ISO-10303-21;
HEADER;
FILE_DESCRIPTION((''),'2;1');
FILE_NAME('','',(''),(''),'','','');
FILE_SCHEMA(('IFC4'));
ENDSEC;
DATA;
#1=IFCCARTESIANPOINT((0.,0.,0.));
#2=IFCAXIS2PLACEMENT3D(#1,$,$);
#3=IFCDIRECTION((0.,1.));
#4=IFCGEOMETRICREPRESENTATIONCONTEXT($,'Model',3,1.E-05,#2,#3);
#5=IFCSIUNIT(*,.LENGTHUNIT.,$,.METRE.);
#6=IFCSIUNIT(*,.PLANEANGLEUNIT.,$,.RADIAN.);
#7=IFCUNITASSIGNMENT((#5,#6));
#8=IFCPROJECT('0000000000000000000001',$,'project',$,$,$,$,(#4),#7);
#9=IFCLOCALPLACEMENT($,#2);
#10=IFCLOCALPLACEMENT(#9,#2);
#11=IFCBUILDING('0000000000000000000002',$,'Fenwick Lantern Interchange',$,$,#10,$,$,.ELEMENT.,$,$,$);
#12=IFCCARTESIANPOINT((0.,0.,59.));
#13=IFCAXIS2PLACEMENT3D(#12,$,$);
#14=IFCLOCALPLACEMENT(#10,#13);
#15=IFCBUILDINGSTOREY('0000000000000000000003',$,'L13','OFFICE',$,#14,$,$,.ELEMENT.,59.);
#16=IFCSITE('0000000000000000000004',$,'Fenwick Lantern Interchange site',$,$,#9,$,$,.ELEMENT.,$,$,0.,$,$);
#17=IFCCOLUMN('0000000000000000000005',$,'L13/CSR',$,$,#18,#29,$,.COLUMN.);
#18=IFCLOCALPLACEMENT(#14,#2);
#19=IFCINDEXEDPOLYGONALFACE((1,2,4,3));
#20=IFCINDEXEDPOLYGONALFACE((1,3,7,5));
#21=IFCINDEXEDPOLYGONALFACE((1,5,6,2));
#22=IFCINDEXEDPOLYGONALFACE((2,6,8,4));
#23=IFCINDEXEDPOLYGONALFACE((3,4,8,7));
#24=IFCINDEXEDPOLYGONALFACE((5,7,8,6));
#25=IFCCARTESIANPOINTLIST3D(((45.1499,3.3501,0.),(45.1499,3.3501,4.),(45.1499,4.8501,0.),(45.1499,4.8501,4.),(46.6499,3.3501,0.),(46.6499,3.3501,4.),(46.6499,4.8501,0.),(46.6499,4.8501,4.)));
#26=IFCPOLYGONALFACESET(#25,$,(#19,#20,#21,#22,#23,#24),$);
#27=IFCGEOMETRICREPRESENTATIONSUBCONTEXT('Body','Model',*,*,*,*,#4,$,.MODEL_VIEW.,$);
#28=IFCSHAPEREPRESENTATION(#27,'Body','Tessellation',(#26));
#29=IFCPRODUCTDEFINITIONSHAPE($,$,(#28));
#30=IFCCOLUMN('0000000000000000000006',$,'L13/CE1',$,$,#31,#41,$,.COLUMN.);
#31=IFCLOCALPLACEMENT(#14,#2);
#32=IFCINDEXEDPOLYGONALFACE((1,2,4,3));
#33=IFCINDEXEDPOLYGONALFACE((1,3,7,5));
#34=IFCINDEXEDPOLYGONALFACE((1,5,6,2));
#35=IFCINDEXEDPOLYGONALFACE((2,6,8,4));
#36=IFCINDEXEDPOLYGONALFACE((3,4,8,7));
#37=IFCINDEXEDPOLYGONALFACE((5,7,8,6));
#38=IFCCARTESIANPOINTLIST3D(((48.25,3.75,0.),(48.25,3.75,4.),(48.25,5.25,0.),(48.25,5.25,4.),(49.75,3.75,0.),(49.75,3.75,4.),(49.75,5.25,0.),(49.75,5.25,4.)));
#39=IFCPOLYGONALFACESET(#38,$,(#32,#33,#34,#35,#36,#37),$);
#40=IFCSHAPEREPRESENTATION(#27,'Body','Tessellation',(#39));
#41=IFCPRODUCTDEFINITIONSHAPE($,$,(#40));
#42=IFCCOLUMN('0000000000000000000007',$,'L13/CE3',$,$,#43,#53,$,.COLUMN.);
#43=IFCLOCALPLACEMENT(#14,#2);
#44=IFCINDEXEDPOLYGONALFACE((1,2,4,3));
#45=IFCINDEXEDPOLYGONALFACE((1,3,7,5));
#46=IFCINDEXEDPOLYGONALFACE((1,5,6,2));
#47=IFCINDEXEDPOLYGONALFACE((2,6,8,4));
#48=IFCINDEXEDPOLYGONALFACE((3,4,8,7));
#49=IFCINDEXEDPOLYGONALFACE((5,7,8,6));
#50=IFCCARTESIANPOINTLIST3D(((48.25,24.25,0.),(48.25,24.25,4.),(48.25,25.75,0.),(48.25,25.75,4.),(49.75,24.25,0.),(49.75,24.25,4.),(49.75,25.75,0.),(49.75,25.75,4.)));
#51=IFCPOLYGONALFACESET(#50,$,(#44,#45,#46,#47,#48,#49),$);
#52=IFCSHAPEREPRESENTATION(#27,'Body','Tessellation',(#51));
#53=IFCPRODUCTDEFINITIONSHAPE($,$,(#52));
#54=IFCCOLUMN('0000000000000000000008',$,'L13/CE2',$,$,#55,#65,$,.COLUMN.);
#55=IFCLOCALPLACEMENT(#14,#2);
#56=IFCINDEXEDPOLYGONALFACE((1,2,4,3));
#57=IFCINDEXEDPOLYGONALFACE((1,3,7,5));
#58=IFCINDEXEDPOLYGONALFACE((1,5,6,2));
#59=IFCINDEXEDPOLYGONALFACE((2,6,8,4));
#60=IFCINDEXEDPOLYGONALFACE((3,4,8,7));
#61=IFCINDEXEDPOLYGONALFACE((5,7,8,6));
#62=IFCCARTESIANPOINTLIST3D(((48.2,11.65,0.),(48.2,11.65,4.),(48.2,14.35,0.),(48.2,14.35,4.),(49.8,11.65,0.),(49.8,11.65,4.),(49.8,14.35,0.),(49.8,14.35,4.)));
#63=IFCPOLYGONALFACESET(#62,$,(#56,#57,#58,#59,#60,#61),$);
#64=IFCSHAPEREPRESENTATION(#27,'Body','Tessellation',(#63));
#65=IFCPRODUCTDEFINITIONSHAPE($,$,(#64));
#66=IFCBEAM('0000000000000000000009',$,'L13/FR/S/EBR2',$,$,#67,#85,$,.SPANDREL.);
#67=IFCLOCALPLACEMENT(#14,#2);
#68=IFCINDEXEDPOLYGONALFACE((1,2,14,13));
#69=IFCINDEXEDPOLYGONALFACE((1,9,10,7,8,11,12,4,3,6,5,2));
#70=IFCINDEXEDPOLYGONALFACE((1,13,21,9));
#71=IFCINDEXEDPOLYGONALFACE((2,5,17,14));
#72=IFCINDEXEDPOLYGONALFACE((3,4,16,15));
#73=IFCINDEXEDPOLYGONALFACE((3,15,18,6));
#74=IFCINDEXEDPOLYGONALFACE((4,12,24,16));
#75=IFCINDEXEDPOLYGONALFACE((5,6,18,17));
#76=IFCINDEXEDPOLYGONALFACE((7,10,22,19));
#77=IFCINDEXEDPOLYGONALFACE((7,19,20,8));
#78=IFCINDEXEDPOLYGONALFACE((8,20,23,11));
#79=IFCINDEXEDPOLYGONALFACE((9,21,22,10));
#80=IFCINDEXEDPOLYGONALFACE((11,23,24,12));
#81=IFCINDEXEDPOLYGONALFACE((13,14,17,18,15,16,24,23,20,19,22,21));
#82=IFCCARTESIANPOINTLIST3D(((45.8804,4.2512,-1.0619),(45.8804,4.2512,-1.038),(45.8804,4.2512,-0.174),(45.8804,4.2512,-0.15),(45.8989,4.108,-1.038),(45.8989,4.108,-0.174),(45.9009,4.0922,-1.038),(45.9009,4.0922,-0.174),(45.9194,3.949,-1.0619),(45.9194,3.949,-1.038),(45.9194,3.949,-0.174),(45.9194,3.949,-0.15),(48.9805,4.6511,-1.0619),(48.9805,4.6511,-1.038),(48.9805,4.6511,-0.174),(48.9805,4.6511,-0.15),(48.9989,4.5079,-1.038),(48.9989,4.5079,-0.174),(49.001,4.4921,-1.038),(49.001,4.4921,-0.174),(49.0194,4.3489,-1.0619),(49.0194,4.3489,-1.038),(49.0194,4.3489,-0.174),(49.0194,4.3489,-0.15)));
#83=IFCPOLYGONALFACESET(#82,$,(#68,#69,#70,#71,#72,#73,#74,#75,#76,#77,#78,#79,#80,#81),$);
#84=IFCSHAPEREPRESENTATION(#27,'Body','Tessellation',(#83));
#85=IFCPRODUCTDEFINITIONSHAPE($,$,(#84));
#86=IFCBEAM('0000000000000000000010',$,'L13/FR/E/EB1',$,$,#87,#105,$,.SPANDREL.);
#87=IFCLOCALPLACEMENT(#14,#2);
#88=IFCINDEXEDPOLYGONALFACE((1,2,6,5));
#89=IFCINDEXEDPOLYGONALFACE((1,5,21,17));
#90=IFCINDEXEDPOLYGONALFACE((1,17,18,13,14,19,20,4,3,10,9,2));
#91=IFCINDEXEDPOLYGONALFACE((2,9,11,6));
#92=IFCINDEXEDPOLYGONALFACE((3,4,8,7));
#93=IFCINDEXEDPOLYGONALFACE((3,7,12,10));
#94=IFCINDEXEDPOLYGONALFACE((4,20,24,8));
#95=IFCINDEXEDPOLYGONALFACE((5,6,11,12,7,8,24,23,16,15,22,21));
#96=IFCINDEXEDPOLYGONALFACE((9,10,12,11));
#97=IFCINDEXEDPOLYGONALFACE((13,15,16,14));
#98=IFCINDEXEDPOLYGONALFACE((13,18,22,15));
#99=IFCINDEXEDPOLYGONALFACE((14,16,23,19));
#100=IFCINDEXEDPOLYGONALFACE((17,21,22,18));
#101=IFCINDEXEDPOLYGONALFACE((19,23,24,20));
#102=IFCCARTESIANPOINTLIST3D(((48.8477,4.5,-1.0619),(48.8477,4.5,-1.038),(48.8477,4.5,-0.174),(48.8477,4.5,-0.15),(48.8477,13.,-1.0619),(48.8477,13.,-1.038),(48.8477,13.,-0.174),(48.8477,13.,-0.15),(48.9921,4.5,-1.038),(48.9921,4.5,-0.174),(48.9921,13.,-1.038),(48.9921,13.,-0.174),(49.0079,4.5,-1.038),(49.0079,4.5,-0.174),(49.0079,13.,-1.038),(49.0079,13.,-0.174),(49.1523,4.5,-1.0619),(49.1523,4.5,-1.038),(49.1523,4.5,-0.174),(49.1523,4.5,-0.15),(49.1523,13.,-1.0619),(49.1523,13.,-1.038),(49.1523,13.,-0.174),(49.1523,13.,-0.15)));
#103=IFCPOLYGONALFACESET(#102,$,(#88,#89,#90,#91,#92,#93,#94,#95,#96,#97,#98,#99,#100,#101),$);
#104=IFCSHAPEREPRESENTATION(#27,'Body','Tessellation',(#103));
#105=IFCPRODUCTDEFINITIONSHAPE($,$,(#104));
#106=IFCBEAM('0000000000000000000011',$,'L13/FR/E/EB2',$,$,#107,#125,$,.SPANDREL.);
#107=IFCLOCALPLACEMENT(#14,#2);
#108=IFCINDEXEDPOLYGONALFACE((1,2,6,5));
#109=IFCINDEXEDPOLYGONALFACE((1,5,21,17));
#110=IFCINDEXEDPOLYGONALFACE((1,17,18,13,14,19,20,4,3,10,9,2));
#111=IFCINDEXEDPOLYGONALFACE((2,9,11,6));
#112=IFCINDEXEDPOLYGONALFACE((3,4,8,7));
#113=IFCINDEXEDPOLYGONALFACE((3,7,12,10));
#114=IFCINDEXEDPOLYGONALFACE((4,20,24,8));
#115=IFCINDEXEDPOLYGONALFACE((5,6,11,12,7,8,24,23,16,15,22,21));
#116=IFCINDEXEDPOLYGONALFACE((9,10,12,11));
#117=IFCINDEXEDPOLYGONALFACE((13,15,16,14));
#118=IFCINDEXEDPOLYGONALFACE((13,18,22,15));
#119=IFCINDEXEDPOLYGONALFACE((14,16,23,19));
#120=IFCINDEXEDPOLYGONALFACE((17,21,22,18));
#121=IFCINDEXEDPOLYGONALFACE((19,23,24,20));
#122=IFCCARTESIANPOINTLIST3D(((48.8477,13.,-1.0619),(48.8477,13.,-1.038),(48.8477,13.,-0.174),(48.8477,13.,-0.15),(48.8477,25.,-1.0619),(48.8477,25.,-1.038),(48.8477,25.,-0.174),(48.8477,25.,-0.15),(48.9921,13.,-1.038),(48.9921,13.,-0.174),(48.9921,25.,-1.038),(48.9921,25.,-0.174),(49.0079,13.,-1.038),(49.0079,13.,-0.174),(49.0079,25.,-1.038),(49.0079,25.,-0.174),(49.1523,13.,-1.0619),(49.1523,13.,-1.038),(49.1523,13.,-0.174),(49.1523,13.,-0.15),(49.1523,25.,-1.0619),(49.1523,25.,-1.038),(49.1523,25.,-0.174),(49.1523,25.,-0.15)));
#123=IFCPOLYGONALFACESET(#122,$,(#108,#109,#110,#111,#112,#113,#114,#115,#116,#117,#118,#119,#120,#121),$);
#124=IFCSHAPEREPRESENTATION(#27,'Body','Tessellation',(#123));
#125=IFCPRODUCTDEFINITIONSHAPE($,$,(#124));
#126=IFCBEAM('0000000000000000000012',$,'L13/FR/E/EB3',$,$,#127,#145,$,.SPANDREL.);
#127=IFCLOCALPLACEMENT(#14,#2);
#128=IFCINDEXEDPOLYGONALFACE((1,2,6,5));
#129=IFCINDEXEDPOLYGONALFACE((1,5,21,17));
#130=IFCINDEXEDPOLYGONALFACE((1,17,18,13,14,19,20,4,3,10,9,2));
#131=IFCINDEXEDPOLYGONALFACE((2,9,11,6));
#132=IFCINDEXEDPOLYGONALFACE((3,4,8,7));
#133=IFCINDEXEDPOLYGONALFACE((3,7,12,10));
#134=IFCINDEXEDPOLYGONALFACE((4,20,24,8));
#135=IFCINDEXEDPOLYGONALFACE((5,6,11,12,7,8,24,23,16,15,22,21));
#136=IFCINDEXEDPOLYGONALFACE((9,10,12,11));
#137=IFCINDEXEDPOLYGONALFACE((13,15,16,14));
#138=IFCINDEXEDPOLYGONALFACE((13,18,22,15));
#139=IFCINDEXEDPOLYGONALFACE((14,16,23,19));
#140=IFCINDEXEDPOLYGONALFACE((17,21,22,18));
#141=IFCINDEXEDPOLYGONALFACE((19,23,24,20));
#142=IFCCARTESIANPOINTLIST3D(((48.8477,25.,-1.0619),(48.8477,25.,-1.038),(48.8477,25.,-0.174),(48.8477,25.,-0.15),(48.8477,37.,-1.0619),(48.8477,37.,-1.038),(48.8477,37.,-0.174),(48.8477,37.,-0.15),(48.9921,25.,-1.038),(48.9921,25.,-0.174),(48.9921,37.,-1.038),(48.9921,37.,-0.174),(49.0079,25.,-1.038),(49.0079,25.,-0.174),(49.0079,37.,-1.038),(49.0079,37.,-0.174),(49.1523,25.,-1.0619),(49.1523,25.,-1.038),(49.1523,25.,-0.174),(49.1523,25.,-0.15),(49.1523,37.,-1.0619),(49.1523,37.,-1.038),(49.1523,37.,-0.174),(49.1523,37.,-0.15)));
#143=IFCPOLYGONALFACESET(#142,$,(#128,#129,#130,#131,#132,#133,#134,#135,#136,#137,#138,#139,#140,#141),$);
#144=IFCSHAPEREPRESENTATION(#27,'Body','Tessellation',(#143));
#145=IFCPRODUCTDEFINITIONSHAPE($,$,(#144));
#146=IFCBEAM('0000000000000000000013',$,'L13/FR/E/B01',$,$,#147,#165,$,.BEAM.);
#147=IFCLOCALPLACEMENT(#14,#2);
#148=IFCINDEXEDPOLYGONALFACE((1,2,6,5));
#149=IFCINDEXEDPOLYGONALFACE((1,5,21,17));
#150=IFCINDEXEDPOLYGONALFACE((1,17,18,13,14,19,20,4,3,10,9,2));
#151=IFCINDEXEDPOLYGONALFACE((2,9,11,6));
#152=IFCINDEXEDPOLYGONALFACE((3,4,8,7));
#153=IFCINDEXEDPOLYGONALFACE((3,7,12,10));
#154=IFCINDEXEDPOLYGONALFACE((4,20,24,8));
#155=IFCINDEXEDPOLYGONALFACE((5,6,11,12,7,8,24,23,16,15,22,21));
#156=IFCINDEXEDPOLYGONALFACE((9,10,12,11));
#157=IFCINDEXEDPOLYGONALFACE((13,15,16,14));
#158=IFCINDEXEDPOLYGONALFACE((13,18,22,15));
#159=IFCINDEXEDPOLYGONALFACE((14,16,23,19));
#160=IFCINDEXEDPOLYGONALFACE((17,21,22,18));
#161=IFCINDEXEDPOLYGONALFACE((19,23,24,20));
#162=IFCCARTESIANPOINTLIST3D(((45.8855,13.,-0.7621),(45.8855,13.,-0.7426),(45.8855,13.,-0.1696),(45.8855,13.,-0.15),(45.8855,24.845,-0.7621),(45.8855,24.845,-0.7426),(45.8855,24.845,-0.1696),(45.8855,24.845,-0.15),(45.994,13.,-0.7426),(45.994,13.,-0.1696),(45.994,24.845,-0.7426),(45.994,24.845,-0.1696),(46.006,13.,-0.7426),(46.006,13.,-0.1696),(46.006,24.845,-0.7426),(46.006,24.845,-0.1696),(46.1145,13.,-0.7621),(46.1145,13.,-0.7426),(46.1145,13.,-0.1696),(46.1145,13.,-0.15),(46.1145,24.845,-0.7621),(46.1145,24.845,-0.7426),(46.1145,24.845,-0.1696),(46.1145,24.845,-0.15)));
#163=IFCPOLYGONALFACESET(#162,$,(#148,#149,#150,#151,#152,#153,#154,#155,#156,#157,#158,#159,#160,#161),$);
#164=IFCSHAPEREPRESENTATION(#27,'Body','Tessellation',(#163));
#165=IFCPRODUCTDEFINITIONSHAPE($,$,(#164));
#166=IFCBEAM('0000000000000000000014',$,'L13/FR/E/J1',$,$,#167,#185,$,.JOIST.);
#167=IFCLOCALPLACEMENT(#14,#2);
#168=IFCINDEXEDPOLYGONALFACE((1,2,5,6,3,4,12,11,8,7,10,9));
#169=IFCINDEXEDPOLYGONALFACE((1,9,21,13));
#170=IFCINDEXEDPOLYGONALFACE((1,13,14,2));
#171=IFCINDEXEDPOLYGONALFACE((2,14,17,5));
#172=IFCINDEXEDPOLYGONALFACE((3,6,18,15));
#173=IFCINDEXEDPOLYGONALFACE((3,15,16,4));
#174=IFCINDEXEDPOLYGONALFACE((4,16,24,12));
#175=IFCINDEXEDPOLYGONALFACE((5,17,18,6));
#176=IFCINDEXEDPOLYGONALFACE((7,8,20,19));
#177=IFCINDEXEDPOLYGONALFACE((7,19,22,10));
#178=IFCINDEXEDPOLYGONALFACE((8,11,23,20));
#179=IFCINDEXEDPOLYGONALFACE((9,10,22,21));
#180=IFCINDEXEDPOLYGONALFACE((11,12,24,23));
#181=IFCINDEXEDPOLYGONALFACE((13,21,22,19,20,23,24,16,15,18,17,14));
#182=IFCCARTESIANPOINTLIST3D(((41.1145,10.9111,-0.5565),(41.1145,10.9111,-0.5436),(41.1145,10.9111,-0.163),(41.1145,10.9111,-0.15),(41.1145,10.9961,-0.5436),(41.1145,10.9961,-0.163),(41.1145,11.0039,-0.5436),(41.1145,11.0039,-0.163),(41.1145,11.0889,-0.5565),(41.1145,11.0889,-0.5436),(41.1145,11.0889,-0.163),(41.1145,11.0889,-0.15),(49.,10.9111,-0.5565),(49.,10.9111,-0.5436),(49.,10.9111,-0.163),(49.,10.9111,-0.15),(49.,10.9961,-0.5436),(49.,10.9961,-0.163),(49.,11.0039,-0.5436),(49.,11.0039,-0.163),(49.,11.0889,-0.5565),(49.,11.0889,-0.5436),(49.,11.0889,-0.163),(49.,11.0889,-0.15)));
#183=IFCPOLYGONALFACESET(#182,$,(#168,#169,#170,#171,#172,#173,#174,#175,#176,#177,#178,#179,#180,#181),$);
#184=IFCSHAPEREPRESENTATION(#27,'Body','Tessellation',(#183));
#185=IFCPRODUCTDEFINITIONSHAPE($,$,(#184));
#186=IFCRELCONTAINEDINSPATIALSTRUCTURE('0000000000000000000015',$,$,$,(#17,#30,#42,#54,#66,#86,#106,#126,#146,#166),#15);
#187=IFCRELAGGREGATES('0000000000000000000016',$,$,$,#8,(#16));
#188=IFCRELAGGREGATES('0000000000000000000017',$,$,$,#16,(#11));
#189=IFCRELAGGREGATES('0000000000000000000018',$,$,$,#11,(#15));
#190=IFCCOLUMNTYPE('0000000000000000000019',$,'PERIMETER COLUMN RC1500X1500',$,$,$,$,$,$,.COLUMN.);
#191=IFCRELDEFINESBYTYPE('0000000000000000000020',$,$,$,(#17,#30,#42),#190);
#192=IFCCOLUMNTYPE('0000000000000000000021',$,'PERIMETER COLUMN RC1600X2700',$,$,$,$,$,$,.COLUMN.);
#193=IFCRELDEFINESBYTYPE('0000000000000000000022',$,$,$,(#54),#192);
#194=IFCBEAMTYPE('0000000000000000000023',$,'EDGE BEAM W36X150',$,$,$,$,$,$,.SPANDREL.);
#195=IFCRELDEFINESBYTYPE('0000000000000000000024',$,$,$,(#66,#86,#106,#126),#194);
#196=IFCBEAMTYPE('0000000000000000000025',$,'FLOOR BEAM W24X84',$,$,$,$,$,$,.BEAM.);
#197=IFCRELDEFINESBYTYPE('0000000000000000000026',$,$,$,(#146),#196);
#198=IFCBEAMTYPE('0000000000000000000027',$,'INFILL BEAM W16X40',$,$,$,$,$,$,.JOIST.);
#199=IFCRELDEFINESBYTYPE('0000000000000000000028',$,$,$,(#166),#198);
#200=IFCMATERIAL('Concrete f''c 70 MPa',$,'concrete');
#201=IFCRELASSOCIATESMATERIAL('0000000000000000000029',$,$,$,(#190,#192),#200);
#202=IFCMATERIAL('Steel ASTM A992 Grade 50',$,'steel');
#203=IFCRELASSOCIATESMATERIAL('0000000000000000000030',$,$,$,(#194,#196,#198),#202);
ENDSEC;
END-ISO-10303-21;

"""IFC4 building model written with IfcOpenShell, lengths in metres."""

from ifc_helpers import new_model, si_unit, direction, frame, origin, origin_2d, place, context, subcontext, project, spatial, rectangle, i_section, extrude, material, material_profile, profile_set, type_object, element, save


model = new_model("IFC4")

# Units and contexts
model_context = context("Model", 3, precision=1e-05, world=origin(), true_north=direction((0.0, 1.0)))
body_context = subcontext(model_context, "Body", "Model", "MODEL_VIEW")
ifc_project = project(units=[si_unit("LENGTHUNIT", "METRE"), si_unit("PLANEANGLEUNIT", "RADIAN")], contexts=[model_context])

# Site, building, storey
site_placement = place(None, origin())
site = spatial("IfcSite", under=ifc_project, at=site_placement, Name="Fenwick Lantern Interchange site", CompositionType="ELEMENT", RefElevation=0.0)
building_placement = place(site_placement, origin())
building = spatial("IfcBuilding", under=site, at=building_placement, Name="Fenwick Lantern Interchange", CompositionType="ELEMENT")
storey_placement = place(building_placement, frame((0.0, 0.0, 59.0)))
storey = spatial("IfcBuildingStorey", under=building, at=storey_placement, Name="L13", Description="OFFICE", CompositionType="ELEMENT", Elevation=59.0)

# Columns
ifc_material_1 = material(Name="Concrete f'c 70 MPa", Category="concrete")
ifc_material_profile_1 = material_profile(ifc_material_1, rectangle(XDim=1.5, YDim=1.5, at=origin_2d()), Name="RC1500X1500")
ifc_profile_set_1 = profile_set([ifc_material_profile_1], Name="Concrete f'c 70 MPa")
column_type_1 = type_object("IfcColumnType", Name="PERIMETER COLUMN RC1500X1500", PredefinedType="COLUMN", material=ifc_profile_set_1)
for number, where, z_axis, x_axis, name in (
    (1, (45.8999, 4.1001, 0.0), (0.0, 0.0, 1.0), (1.0, 0.0, 0.0), "L13/CSR"),
    (2, (49.0, 4.5, 0.0), (0.0, 0.0, 1.0), (1.0, 0.0, 0.0), "L13/CE1"),
    (3, (49.0, 25.0, 0.0), (0.0, 0.0, 1.0), (1.0, 0.0, 0.0), "L13/CE3"),
):
    element("IfcColumn", number, at=place(storey_placement, frame(where, z_axis=z_axis, x_axis=x_axis)), inside=storey, type_object=column_type_1, Name=name, PredefinedType="COLUMN", context=body_context, shape_type="SweptSolid", body=[
        extrude(rectangle(XDim=1.5, YDim=1.5, at=origin_2d()), origin(), (0.0, 0.0, 1.0), 4.0),
    ])
ifc_material_profile_2 = material_profile(ifc_material_1, rectangle(XDim=1.6001, YDim=2.7, at=origin_2d()), Name="RC1600X2700")
ifc_profile_set_2 = profile_set([ifc_material_profile_2], Name="Concrete f'c 70 MPa")
column_type_2 = type_object("IfcColumnType", Name="PERIMETER COLUMN RC1600X2700", PredefinedType="COLUMN", material=ifc_profile_set_2)
column_placement = place(storey_placement, frame((49.0, 13.0, 0.0), z_axis=(0.0, 0.0, 1.0), x_axis=(1.0, 0.0, 0.0)))
element("IfcColumn", 4, at=column_placement, inside=storey, type_object=column_type_2, Name="L13/CE2", PredefinedType="COLUMN", context=body_context, shape_type="SweptSolid", body=[
    extrude(rectangle(XDim=1.6001, YDim=2.7, at=origin_2d()), origin(), (0.0, 0.0, 1.0), 4.0),
])

# Beams
ifc_material_2 = material(Name="Steel ASTM A992 Grade 50", Category="steel")
ifc_material_profile_3 = material_profile(ifc_material_2, i_section(OverallWidth=0.3047, OverallDepth=0.9119, WebThickness=0.0159, FlangeThickness=0.0239, at=origin_2d()), Name="W36X150")
ifc_profile_set_3 = profile_set([ifc_material_profile_3], Name="Steel ASTM A992 Grade 50")
beam_type_1 = type_object("IfcBeamType", Name="EDGE BEAM W36X150", PredefinedType="SPANDREL", material=ifc_profile_set_3)
beam_1_placement = place(storey_placement, frame((45.8999, 4.1001, -0.606), z_axis=(0.991782, 0.127937, 0.0), x_axis=(-0.127937, 0.991782, 0.0)))
element("IfcBeam", 5, at=beam_1_placement, inside=storey, type_object=beam_type_1, Name="L13/FR/S/EBR2", PredefinedType="SPANDREL", context=body_context, shape_type="SweptSolid", body=[
    extrude(i_section(OverallWidth=0.3047, OverallDepth=0.9119, WebThickness=0.0159, FlangeThickness=0.0239, at=origin_2d()), origin(), (0.0, 0.0, 1.0), 3.1257),
])
beam_2_placement = place(storey_placement, frame((49.0, 4.5, -0.606), z_axis=(0.0, 1.0, 0.0), x_axis=(-1.0, 0.0, 0.0)))
element("IfcBeam", 6, at=beam_2_placement, inside=storey, type_object=beam_type_1, Name="L13/FR/E/EB1", PredefinedType="SPANDREL", context=body_context, shape_type="SweptSolid", body=[
    extrude(i_section(OverallWidth=0.3047, OverallDepth=0.9119, WebThickness=0.0159, FlangeThickness=0.0239, at=origin_2d()), origin(), (0.0, 0.0, 1.0), 8.5),
])
for number, where, z_axis, x_axis, name in (
    (7, (49.0, 13.0, -0.606), (0.0, 1.0, 0.0), (-1.0, 0.0, 0.0), "L13/FR/E/EB2"),
    (8, (49.0, 25.0, -0.606), (0.0, 1.0, 0.0), (-1.0, 0.0, 0.0), "L13/FR/E/EB3"),
):
    element("IfcBeam", number, at=place(storey_placement, frame(where, z_axis=z_axis, x_axis=x_axis)), inside=storey, type_object=beam_type_1, Name=name, PredefinedType="SPANDREL", context=body_context, shape_type="SweptSolid", body=[
        extrude(i_section(OverallWidth=0.3047, OverallDepth=0.9119, WebThickness=0.0159, FlangeThickness=0.0239, at=origin_2d()), origin(), (0.0, 0.0, 1.0), 12.0),
    ])
ifc_material_profile_4 = material_profile(ifc_material_2, i_section(OverallWidth=0.229, OverallDepth=0.6121, WebThickness=0.012, FlangeThickness=0.0195, at=origin_2d()), Name="W24X84")
ifc_profile_set_4 = profile_set([ifc_material_profile_4], Name="Steel ASTM A992 Grade 50")
beam_type_2 = type_object("IfcBeamType", Name="FLOOR BEAM W24X84", PredefinedType="BEAM", material=ifc_profile_set_4)
beam_3_placement = place(storey_placement, frame((46.0, 13.0, -0.4561), z_axis=(0.0, 1.0, 0.0), x_axis=(-1.0, 0.0, 0.0)))
element("IfcBeam", 9, at=beam_3_placement, inside=storey, type_object=beam_type_2, Name="L13/FR/E/B01", PredefinedType="BEAM", context=body_context, shape_type="SweptSolid", body=[
    extrude(i_section(OverallWidth=0.229, OverallDepth=0.6121, WebThickness=0.012, FlangeThickness=0.0195, at=origin_2d()), origin(), (0.0, 0.0, 1.0), 11.845),
])
ifc_material_profile_5 = material_profile(ifc_material_2, i_section(OverallWidth=0.1777, OverallDepth=0.4065, WebThickness=0.0078, FlangeThickness=0.0129, at=origin_2d()), Name="W16X40")
ifc_profile_set_5 = profile_set([ifc_material_profile_5], Name="Steel ASTM A992 Grade 50")
beam_type_3 = type_object("IfcBeamType", Name="INFILL BEAM W16X40", PredefinedType="JOIST", material=ifc_profile_set_5)
beam_4_placement = place(storey_placement, frame((49.0, 11.0, -0.3533), z_axis=(-1.0, 0.0, 0.0), x_axis=(0.0, -1.0, 0.0)))
element("IfcBeam", 10, at=beam_4_placement, inside=storey, type_object=beam_type_3, Name="L13/FR/E/J1", PredefinedType="JOIST", context=body_context, shape_type="SweptSolid", body=[
    extrude(i_section(OverallWidth=0.1777, OverallDepth=0.4065, WebThickness=0.0078, FlangeThickness=0.0129, at=origin_2d()), origin(), (0.0, 0.0, 1.0), 7.8855),
])

save(model, "model.ifc")
